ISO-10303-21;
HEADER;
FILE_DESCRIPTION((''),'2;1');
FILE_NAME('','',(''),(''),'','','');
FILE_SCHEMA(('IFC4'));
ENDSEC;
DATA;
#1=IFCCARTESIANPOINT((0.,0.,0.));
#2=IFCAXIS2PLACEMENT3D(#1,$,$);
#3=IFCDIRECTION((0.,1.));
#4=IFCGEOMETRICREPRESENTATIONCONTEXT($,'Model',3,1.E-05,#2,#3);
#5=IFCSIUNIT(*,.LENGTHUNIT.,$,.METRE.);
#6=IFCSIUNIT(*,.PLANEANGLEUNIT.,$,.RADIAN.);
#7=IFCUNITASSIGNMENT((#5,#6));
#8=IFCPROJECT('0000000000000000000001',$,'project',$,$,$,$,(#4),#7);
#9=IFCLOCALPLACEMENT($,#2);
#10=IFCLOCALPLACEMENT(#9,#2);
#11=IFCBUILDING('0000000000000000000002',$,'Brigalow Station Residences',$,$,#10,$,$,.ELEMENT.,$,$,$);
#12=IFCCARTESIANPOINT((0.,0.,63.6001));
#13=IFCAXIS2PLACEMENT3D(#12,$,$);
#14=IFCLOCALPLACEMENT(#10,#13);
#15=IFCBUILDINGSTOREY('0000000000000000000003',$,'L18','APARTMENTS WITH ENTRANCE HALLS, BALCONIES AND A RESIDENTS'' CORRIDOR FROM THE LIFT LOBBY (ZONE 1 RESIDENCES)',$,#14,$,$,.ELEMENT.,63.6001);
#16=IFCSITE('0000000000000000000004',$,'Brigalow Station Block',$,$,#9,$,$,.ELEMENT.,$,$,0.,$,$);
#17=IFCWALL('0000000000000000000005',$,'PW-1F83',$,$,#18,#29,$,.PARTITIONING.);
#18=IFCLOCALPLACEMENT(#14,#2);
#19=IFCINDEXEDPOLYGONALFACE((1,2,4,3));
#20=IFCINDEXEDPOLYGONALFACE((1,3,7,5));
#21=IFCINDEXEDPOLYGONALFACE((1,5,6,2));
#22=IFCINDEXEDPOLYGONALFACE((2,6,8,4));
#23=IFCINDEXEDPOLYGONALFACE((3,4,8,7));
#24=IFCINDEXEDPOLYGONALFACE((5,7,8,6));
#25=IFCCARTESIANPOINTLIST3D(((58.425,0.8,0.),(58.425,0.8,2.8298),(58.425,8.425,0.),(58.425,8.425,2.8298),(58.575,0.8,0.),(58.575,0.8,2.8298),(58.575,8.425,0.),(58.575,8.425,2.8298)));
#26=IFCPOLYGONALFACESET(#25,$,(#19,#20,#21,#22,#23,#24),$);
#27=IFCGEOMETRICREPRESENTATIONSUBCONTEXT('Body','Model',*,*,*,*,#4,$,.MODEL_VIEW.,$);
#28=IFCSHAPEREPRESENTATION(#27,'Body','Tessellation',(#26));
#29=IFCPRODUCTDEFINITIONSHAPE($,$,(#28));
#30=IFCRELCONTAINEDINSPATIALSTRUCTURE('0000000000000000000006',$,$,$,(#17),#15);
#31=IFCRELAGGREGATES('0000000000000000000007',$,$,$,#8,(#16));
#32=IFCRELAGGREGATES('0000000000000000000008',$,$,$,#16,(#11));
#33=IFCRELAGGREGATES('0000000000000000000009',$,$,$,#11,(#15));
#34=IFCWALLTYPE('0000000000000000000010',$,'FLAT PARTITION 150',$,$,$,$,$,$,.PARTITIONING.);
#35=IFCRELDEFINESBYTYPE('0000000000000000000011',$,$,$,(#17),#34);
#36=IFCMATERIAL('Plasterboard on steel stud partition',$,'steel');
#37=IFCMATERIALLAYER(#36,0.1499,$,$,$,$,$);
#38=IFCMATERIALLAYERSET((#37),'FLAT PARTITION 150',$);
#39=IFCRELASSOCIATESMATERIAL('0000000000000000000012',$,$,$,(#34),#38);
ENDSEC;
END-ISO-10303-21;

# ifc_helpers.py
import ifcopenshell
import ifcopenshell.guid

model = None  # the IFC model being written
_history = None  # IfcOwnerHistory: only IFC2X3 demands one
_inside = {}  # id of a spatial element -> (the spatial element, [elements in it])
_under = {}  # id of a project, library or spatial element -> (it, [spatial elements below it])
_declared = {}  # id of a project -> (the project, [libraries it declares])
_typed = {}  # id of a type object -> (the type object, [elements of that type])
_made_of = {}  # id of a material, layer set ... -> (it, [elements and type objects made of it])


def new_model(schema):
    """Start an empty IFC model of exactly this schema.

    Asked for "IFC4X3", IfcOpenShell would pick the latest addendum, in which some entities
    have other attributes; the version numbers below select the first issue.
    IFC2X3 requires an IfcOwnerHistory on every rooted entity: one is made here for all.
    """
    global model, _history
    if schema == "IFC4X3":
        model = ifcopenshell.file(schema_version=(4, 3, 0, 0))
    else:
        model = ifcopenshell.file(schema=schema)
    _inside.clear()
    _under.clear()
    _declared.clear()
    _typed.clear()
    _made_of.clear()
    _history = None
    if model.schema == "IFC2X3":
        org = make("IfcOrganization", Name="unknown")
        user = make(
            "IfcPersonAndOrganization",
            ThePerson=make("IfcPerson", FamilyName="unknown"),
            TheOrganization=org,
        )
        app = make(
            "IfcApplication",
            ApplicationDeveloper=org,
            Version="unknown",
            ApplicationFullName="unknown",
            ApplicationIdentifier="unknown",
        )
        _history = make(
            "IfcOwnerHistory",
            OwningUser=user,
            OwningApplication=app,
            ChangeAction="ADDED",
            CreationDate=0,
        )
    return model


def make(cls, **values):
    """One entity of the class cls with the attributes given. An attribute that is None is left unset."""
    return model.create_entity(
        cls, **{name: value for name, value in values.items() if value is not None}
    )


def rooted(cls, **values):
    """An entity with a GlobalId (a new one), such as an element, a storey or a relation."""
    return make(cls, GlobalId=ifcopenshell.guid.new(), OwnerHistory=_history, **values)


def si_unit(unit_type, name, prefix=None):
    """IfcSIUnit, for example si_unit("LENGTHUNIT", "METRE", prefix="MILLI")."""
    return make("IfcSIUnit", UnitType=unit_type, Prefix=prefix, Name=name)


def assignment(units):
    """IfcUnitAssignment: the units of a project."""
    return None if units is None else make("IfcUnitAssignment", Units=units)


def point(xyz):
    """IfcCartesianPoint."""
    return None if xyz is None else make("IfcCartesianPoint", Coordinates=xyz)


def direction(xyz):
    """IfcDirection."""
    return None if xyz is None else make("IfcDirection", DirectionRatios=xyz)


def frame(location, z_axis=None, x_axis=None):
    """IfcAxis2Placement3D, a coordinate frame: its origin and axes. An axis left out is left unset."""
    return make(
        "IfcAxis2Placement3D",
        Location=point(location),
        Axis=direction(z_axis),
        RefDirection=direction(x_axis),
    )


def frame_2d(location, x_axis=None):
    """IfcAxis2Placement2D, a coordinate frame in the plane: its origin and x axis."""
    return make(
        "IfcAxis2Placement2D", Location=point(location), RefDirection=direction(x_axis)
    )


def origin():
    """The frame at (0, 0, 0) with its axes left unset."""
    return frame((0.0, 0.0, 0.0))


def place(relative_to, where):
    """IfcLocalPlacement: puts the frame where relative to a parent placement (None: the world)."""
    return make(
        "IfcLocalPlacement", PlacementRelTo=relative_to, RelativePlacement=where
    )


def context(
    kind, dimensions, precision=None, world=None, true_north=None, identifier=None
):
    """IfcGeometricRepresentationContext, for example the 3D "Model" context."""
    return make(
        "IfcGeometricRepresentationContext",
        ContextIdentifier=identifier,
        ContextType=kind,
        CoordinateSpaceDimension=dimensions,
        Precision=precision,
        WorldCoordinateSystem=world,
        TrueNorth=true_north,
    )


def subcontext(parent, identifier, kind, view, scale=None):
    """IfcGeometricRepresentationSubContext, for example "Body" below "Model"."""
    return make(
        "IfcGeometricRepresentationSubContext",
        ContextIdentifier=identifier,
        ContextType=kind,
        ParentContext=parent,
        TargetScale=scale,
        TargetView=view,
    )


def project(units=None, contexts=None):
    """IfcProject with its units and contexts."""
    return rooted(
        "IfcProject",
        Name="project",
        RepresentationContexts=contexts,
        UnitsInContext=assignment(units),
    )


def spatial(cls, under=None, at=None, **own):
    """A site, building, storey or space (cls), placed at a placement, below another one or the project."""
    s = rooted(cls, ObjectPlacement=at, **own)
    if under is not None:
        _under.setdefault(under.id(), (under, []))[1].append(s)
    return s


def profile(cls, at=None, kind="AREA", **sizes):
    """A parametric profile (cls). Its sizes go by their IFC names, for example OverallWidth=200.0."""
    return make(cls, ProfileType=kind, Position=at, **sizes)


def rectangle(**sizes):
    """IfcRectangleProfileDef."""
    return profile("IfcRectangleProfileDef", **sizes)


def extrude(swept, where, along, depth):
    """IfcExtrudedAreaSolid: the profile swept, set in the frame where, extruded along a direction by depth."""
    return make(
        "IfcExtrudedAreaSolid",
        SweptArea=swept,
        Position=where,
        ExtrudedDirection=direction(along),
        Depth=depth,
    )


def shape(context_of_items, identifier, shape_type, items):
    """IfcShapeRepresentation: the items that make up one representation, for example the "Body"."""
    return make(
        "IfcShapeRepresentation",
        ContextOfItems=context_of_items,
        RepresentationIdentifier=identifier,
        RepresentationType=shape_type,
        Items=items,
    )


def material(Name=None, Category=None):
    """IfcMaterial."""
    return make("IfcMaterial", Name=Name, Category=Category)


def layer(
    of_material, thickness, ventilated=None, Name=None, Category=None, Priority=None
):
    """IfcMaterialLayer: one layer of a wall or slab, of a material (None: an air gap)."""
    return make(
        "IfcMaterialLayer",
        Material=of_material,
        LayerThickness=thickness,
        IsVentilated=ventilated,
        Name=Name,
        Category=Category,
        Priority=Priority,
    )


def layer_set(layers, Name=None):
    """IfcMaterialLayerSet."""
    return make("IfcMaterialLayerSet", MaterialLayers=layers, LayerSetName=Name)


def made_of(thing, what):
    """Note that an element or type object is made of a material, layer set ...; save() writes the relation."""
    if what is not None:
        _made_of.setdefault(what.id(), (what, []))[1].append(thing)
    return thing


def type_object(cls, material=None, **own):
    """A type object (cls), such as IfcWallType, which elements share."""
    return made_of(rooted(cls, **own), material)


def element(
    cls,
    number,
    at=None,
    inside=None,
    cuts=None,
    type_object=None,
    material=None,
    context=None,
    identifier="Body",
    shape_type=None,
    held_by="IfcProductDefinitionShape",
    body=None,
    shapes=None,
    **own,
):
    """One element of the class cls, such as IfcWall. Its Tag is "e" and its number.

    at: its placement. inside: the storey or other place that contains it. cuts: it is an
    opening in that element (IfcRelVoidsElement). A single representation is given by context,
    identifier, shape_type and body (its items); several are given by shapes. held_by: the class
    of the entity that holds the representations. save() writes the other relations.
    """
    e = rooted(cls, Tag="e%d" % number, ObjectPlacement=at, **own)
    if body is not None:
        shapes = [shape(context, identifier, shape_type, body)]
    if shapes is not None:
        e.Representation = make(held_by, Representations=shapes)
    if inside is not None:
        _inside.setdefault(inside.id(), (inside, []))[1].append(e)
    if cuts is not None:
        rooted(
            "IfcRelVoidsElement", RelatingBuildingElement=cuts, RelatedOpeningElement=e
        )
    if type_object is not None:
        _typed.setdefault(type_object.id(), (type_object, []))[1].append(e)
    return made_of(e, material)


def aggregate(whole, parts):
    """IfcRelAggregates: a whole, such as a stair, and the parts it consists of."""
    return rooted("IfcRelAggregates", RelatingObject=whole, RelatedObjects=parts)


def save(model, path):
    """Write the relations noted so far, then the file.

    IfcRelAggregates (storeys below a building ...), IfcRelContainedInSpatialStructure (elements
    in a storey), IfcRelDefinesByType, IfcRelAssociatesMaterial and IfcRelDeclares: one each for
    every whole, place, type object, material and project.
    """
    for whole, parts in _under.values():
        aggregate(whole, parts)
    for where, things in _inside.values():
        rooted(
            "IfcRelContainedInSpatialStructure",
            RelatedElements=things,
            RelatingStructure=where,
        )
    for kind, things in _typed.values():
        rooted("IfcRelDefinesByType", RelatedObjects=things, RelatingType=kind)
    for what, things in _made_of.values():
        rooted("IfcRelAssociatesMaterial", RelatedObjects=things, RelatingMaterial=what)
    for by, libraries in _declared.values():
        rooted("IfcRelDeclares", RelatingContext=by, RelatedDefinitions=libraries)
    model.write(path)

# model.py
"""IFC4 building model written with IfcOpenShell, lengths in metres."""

from ifc_helpers import new_model, si_unit, direction, frame, frame_2d, origin, place, context, subcontext, project, spatial, rectangle, extrude, material, layer, layer_set, type_object, element, save


model = new_model("IFC4")

# Units and contexts
model_context = context("Model", 3, precision=1e-05, world=origin(), true_north=direction((0.0, 1.0)))
body_context = subcontext(model_context, "Body", "Model", "MODEL_VIEW")
ifc_project = project(units=[si_unit("LENGTHUNIT", "METRE"), si_unit("PLANEANGLEUNIT", "RADIAN")], contexts=[model_context])

# Site, building, storey
site_placement = place(None, origin())
site = spatial("IfcSite", under=ifc_project, at=site_placement, Name="Brigalow Station Block", CompositionType="ELEMENT", RefElevation=0.0)
building_placement = place(site_placement, origin())
building = spatial("IfcBuilding", under=site, at=building_placement, Name="Brigalow Station Residences", CompositionType="ELEMENT")
storey_placement = place(building_placement, frame((0.0, 0.0, 63.6001)))
storey = spatial("IfcBuildingStorey", under=building, at=storey_placement, Name="L18", Description="APARTMENTS WITH ENTRANCE HALLS, BALCONIES AND A RESIDENTS' CORRIDOR FROM THE LIFT LOBBY (ZONE 1 RESIDENCES)", CompositionType="ELEMENT", Elevation=63.6001)

# Shared definitions
ifc_material_1 = material(Name="Plasterboard on steel stud partition", Category="steel")
ifc_layer_1 = layer(ifc_material_1, 0.1499)
ifc_layer_set_1 = layer_set([ifc_layer_1], Name="FLAT PARTITION 150")
wall_type_1 = type_object("IfcWallType", Name="FLAT PARTITION 150", PredefinedType="PARTITIONING", material=ifc_layer_set_1)

# Wall
wall_1_placement = place(storey_placement, frame((58.5, 0.8, 0.0), z_axis=(0.0, 0.0, 1.0), x_axis=(0.0, 1.0, 0.0)))
element("IfcWall", 1, at=wall_1_placement, inside=storey, type_object=wall_type_1, Name="PW-1F83", PredefinedType="PARTITIONING", context=body_context, shape_type="SweptSolid", body=[
    extrude(rectangle(XDim=7.625, YDim=0.1499, at=frame_2d((3.8125, 0.0))), origin(), (0.0, 0.0, 1.0), 2.8298),
])

save(model, "model.ifc")
